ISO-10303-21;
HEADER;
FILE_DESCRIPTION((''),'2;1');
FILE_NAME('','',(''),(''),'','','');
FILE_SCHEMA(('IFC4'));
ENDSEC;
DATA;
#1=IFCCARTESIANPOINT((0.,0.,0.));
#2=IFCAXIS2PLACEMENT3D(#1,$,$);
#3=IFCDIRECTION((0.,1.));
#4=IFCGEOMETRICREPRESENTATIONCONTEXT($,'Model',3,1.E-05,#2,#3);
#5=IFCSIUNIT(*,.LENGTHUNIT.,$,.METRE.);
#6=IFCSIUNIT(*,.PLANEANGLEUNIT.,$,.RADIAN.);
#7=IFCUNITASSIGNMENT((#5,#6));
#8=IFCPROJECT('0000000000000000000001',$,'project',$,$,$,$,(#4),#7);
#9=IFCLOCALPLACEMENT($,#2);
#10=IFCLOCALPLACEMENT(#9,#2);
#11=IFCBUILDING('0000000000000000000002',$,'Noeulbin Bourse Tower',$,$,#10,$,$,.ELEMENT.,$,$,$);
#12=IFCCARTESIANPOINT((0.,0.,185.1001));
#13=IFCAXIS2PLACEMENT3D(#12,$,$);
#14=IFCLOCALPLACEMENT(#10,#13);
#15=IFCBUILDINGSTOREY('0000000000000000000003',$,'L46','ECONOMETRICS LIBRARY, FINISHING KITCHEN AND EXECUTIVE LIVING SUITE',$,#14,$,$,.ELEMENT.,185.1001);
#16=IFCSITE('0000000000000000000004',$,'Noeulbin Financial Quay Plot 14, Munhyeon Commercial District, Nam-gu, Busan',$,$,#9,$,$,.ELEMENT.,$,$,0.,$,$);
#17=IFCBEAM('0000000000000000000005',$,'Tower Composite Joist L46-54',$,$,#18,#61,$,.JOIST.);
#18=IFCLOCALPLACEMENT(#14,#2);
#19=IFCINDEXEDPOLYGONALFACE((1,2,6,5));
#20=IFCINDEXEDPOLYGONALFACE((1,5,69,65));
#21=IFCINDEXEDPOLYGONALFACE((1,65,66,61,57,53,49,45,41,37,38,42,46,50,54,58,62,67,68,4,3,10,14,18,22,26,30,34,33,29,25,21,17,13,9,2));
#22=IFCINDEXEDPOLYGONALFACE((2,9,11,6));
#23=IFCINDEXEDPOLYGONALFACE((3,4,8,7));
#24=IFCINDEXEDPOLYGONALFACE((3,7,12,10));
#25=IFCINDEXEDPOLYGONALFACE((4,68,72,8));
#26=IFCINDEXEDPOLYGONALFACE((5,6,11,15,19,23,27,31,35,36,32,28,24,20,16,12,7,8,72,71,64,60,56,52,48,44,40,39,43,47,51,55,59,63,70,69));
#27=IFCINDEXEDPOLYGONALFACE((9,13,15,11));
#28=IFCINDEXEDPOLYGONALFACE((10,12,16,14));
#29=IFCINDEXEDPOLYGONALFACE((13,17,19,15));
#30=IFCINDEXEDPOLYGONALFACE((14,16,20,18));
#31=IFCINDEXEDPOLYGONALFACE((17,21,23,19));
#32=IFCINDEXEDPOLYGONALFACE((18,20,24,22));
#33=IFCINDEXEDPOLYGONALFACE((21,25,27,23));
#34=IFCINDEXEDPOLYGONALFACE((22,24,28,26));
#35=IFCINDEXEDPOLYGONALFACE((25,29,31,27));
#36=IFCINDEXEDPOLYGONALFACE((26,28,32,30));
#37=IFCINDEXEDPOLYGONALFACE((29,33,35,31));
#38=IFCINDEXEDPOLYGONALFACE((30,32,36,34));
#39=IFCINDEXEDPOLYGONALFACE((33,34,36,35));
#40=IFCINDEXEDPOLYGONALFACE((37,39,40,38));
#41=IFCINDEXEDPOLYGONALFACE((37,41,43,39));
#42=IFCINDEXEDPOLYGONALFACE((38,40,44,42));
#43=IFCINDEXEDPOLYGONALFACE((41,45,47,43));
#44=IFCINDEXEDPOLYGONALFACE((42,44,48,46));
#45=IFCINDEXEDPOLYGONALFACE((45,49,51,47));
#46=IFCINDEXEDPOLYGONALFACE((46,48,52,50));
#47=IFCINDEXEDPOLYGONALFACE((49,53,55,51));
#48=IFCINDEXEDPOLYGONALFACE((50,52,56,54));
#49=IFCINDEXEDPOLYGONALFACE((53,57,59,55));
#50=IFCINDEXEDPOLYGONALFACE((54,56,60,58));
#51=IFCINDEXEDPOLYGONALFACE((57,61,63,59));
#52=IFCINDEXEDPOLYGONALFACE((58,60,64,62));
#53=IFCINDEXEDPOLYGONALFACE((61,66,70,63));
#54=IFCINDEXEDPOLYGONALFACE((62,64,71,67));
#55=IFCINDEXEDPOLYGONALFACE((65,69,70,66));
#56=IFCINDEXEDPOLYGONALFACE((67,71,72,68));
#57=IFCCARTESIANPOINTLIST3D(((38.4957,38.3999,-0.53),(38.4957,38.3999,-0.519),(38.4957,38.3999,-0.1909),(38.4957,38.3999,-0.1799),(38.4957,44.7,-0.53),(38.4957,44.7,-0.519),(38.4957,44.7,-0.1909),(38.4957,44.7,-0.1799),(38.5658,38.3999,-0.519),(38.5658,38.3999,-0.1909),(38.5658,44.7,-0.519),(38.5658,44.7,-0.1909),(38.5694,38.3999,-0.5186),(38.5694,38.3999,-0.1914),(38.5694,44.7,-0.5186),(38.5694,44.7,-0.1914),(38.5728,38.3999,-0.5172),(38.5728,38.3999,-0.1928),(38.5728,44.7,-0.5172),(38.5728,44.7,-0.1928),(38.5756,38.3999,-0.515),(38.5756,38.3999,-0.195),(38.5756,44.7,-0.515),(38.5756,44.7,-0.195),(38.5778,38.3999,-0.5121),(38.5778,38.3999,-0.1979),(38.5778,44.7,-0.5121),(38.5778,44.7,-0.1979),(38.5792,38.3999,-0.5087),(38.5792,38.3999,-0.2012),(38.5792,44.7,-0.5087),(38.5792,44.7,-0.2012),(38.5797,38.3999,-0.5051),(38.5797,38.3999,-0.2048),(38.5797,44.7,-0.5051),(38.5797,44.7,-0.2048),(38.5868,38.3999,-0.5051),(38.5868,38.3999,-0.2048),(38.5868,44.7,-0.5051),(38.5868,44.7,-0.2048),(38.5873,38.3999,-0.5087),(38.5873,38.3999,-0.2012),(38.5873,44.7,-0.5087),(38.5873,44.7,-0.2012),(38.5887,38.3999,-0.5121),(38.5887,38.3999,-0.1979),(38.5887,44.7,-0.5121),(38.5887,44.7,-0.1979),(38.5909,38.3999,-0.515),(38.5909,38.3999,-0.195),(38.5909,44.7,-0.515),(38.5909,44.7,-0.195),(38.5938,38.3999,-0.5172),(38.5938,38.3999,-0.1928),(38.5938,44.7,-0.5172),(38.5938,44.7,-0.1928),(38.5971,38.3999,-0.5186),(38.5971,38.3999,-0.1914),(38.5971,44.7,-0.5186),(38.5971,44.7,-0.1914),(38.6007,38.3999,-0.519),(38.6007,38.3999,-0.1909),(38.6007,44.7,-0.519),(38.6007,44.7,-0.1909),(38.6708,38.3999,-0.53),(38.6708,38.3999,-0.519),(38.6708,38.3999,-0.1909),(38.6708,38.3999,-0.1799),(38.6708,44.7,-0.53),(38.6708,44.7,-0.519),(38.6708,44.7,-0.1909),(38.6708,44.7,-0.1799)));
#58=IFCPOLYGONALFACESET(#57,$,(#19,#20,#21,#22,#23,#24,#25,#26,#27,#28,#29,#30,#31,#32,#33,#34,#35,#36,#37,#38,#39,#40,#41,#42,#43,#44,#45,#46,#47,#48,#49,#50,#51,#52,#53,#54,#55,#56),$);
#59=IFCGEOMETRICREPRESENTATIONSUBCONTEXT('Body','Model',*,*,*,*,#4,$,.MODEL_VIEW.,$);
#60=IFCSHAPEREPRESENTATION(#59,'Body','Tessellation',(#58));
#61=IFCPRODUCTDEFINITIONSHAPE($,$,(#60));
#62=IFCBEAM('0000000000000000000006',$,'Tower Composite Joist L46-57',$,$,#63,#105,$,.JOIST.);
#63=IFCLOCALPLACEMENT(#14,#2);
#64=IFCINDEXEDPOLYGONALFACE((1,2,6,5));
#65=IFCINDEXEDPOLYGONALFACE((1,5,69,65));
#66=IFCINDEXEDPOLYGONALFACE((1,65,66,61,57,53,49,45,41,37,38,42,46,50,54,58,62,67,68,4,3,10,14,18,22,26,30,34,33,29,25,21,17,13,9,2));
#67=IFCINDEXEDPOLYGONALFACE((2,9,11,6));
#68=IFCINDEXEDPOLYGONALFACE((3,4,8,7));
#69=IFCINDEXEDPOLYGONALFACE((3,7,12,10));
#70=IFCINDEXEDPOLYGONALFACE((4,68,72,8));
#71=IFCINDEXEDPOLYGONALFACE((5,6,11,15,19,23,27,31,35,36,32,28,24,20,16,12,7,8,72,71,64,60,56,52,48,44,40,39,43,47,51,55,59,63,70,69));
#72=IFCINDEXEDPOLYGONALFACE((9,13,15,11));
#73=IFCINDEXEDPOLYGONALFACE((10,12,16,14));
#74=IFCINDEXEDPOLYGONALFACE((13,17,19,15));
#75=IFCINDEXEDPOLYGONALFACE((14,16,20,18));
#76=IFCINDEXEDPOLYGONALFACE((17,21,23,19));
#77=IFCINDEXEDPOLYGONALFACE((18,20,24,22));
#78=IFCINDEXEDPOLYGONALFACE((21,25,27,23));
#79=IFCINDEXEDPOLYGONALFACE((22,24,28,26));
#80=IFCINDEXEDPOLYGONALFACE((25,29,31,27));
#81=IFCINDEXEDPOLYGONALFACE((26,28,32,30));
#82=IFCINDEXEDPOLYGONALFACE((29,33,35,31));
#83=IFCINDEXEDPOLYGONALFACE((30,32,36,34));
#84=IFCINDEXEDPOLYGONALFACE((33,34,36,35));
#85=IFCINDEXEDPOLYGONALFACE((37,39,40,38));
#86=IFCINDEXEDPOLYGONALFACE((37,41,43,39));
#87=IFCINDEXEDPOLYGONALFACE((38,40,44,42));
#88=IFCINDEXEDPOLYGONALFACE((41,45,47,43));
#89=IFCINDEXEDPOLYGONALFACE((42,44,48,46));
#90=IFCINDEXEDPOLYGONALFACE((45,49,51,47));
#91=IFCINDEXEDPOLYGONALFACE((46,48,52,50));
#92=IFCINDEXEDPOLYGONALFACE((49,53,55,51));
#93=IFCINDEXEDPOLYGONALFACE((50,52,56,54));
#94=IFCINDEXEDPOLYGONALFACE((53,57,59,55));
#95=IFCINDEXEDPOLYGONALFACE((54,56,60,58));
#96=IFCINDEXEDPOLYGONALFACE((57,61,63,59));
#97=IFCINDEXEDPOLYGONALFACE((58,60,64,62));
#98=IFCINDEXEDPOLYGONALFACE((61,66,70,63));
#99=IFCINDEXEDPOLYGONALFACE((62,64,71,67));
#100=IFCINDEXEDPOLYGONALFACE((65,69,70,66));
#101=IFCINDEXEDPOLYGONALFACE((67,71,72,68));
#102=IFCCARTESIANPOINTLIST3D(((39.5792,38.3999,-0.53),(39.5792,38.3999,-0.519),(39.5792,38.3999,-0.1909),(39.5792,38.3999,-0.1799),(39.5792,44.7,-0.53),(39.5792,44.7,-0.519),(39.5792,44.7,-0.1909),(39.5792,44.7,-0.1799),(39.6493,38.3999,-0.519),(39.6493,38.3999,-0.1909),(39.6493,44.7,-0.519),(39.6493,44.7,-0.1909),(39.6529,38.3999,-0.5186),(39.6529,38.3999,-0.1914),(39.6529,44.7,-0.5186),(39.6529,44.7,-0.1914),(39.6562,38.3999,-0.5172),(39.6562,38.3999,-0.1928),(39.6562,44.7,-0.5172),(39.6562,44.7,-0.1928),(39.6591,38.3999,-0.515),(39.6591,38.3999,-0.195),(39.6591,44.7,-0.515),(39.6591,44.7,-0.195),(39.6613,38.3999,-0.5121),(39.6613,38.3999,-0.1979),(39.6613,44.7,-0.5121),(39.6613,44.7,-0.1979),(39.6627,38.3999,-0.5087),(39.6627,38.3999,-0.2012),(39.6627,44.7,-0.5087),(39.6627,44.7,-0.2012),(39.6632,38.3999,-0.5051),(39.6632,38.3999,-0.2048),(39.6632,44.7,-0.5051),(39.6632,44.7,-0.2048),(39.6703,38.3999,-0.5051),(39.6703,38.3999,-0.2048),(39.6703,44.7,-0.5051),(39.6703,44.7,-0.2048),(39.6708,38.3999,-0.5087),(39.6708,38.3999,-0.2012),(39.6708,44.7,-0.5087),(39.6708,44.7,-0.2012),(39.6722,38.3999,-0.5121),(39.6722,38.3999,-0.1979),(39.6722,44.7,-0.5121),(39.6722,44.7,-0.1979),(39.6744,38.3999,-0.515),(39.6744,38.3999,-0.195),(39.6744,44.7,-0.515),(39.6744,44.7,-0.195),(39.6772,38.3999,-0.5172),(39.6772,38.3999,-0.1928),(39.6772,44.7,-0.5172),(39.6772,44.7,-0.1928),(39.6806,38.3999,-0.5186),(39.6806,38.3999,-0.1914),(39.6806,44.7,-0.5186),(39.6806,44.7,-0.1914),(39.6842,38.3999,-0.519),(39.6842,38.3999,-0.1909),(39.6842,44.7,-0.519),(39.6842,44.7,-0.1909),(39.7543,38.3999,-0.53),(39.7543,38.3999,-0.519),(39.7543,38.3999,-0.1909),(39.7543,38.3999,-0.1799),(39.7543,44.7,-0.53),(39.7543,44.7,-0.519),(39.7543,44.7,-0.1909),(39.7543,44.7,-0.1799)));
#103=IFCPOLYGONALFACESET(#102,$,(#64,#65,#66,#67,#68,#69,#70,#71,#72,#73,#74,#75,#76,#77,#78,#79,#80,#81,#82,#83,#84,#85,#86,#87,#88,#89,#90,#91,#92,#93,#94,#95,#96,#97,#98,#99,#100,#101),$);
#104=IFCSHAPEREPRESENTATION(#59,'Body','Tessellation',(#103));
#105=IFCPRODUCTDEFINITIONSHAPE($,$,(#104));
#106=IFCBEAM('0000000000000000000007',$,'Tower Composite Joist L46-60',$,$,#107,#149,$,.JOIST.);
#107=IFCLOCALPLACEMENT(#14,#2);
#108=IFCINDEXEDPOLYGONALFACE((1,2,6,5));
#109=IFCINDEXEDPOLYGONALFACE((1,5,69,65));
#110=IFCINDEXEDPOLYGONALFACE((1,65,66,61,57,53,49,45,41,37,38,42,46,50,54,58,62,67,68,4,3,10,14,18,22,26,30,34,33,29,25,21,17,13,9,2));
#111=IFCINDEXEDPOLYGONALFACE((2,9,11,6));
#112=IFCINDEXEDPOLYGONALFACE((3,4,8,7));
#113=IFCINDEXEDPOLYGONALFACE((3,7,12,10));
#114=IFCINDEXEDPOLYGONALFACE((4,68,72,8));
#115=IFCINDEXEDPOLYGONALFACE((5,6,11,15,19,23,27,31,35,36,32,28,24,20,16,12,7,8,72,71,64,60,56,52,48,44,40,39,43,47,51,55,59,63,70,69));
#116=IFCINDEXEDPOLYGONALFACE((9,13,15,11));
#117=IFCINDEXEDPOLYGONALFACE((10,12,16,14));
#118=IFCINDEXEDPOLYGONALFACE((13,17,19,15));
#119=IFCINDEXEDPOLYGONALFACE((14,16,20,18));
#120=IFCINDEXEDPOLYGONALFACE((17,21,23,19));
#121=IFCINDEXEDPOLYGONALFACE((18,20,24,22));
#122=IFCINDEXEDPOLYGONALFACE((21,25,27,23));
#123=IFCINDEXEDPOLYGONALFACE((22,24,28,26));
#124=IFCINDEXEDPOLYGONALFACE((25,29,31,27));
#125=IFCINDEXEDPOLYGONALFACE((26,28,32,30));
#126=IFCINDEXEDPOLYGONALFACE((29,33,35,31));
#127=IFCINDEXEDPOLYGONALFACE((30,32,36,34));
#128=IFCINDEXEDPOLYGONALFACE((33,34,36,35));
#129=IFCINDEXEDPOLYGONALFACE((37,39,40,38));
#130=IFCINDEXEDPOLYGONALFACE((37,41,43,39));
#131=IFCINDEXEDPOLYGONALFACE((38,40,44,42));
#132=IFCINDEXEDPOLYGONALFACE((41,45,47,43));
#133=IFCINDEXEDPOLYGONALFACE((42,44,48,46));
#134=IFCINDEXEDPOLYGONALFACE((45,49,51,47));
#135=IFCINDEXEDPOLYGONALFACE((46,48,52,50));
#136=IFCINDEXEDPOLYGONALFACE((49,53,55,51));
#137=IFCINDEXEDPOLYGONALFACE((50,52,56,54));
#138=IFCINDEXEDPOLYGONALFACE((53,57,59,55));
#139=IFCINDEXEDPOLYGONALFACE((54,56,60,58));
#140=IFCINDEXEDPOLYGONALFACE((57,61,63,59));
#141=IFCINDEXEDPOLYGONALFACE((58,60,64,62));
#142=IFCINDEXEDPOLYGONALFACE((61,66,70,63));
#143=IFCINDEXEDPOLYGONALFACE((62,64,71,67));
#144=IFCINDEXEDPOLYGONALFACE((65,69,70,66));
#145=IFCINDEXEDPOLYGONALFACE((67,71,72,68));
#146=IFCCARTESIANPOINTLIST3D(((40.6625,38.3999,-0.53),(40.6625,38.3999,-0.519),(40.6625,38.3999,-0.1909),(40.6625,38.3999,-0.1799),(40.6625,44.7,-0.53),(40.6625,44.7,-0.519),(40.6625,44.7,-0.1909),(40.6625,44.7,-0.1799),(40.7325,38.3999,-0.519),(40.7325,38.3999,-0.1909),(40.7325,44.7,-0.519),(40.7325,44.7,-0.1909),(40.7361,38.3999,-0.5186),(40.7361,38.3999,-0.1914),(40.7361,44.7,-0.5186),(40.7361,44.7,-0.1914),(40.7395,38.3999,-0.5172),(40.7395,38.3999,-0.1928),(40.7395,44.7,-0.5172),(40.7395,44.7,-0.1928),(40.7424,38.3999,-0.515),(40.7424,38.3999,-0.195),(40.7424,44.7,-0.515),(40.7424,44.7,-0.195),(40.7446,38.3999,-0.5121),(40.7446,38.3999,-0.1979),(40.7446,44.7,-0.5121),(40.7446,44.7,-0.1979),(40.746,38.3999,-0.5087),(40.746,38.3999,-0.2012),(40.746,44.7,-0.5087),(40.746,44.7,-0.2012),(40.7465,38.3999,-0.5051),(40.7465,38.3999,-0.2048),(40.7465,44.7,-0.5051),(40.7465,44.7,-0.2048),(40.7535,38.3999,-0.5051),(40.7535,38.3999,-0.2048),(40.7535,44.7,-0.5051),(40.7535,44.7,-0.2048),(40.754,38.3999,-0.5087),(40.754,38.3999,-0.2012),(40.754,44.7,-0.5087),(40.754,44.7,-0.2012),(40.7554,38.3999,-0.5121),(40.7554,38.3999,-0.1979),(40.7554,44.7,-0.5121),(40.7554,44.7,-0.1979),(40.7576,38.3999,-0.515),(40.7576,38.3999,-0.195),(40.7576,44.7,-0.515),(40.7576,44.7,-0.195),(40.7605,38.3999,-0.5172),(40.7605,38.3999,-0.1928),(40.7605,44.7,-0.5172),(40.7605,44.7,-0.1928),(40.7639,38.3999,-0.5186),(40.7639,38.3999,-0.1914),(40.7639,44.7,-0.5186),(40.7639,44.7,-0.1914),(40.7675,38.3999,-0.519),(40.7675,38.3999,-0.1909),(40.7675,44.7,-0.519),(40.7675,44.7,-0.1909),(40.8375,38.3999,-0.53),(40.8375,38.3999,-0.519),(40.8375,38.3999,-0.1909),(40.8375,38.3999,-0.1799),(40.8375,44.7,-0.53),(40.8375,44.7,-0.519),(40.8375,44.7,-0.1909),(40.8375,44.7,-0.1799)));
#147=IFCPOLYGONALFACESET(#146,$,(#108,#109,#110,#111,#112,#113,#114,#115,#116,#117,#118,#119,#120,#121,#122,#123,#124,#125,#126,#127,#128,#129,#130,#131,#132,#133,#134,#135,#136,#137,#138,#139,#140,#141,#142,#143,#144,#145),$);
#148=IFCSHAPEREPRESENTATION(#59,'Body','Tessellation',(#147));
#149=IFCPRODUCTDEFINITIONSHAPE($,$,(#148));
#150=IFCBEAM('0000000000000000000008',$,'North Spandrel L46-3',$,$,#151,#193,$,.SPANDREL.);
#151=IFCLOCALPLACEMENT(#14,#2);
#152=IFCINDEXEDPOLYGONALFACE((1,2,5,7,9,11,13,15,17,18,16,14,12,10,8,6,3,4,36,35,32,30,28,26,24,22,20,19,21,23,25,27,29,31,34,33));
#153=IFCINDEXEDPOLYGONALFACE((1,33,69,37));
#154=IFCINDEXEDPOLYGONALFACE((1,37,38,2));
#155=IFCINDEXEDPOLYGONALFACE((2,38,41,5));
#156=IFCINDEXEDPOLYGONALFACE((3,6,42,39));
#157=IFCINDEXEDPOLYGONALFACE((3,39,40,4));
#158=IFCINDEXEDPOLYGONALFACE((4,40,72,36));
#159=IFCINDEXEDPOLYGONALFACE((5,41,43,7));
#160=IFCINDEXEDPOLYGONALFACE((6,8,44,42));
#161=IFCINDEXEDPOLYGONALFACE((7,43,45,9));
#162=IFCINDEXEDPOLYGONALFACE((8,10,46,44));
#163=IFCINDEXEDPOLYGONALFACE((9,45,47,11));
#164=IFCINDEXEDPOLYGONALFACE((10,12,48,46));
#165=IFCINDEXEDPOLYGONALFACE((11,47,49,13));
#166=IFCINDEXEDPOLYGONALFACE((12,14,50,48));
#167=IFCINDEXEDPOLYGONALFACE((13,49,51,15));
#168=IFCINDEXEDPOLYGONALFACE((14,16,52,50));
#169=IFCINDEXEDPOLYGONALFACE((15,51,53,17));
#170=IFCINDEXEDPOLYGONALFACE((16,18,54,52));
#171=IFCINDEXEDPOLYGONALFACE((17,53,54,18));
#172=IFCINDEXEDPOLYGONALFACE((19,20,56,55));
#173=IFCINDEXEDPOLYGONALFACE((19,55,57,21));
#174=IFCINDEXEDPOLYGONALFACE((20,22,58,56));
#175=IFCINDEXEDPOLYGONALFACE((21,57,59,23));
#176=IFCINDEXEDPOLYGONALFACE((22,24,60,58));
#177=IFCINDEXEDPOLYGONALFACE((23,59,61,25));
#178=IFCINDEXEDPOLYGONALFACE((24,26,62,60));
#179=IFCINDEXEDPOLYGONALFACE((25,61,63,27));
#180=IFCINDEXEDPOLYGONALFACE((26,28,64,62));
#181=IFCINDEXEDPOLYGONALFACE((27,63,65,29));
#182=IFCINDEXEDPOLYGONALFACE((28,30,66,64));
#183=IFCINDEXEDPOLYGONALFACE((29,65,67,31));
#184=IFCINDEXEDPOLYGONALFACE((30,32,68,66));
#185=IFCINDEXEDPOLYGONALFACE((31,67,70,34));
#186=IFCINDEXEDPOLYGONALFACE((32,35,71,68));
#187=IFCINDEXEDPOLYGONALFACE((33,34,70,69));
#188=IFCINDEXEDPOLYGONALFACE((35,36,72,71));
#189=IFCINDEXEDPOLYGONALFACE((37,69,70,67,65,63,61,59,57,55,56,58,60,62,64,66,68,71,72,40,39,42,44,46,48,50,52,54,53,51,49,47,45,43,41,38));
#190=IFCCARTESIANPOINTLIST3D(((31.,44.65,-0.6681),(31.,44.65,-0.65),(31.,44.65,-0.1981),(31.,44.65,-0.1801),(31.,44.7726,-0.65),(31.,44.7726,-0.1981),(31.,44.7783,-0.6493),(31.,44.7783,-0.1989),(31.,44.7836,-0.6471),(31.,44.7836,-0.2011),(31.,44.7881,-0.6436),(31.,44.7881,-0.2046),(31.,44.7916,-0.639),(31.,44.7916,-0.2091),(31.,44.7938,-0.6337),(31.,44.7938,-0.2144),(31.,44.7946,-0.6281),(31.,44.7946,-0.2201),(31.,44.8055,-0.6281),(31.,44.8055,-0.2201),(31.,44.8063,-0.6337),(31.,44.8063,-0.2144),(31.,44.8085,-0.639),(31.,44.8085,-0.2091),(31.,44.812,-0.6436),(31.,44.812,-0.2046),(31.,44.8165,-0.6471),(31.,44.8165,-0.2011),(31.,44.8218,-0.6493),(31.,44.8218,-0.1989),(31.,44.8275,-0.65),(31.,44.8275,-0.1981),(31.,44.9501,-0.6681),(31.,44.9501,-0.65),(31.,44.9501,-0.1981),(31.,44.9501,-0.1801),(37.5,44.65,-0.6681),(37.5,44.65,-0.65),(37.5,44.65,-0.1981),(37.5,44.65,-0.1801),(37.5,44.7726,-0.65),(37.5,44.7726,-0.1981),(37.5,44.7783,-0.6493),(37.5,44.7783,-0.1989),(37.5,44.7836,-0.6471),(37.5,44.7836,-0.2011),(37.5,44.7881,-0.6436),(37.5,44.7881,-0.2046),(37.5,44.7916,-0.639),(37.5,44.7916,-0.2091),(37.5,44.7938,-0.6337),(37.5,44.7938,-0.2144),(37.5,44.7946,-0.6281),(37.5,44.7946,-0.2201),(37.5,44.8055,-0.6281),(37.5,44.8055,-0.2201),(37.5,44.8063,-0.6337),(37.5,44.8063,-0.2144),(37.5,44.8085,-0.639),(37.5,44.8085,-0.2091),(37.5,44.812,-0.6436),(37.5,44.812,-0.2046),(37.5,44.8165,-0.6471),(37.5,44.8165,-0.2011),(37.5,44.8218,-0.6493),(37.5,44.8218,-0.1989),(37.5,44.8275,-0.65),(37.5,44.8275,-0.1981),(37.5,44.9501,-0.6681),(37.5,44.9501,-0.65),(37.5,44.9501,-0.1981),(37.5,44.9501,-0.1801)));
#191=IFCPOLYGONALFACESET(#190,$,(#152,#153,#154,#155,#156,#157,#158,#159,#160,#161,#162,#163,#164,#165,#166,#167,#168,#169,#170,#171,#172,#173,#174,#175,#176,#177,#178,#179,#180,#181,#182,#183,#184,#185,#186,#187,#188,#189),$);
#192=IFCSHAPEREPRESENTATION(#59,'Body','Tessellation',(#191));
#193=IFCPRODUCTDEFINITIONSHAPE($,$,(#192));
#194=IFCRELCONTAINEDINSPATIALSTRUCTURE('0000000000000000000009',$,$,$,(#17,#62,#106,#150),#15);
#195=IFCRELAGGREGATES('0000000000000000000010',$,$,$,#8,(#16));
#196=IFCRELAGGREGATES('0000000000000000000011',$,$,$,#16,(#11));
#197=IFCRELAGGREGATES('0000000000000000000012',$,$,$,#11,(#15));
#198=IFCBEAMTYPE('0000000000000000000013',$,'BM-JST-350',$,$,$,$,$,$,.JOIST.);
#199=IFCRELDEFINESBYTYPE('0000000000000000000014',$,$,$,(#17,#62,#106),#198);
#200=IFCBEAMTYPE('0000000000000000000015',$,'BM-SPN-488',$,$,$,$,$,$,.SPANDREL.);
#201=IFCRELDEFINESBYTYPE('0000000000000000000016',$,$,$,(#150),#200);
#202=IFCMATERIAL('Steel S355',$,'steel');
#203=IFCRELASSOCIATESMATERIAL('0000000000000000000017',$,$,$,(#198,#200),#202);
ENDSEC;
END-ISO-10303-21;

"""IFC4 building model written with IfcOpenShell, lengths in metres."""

from ifc_helpers import new_model, si_unit, direction, frame, origin, origin_2d, place, context, subcontext, project, spatial, i_section, extrude, material, material_profile, profile_set, type_object, element, save


model = new_model("IFC4")

# Units and contexts
model_context = context("Model", 3, precision=1e-05, world=origin(), true_north=direction((0.0, 1.0)))
body_context = subcontext(model_context, "Body", "Model", "MODEL_VIEW")
ifc_project = project(units=[si_unit("LENGTHUNIT", "METRE"), si_unit("PLANEANGLEUNIT", "RADIAN")], contexts=[model_context])

# Site, building, storey
site_placement = place(None, origin())
site = spatial("IfcSite", under=ifc_project, at=site_placement, Name="Noeulbin Financial Quay Plot 14, Munhyeon Commercial District, Nam-gu, Busan", CompositionType="ELEMENT", RefElevation=0.0)
building_placement = place(site_placement, origin())
building = spatial("IfcBuilding", under=site, at=building_placement, Name="Noeulbin Bourse Tower", CompositionType="ELEMENT")
storey_placement = place(building_placement, frame((0.0, 0.0, 185.1001)))
storey = spatial("IfcBuildingStorey", under=building, at=storey_placement, Name="L46", Description="ECONOMETRICS LIBRARY, FINISHING KITCHEN AND EXECUTIVE LIVING SUITE", CompositionType="ELEMENT", Elevation=185.1001)

# Shared definitions
ifc_material_1 = material(Name="Steel S355", Category="steel")

# Beams
ifc_material_profile_1 = material_profile(ifc_material_1, i_section(OverallWidth=0.175, OverallDepth=0.3501, WebThickness=0.0071, FlangeThickness=0.011, FilletRadius=0.0139, at=origin_2d()), Name="H-350x175x7x11", Category="LoadBearing")
ifc_profile_set_1 = profile_set([ifc_material_profile_1], Name="Steel S355")
beam_type_1 = type_object("IfcBeamType", Name="BM-JST-350", PredefinedType="JOIST", material=ifc_profile_set_1)
for number, where, z_axis, x_axis, name in (
    (1, (38.5833, 38.3999, -0.355), (0.0, 1.0, 0.0), (-1.0, 0.0, 0.0), "Tower Composite Joist L46-54"),
    (2, (39.6667, 38.3999, -0.355), (0.0, 1.0, 0.0), (-1.0, 0.0, 0.0), "Tower Composite Joist L46-57"),
    (3, (40.75, 38.3999, -0.355), (0.0, 1.0, 0.0), (-1.0, 0.0, 0.0), "Tower Composite Joist L46-60"),
):
    element("IfcBeam", number, at=place(storey_placement, frame(where, z_axis=z_axis, x_axis=x_axis)), inside=storey, type_object=beam_type_1, Name=name, PredefinedType="JOIST", context=body_context, shape_type="SweptSolid", body=[
        extrude(i_section(OverallWidth=0.175, OverallDepth=0.3501, WebThickness=0.0071, FlangeThickness=0.011, FilletRadius=0.0139, at=origin_2d()), origin(), (0.0, 0.0, 1.0), 6.3),
    ])
ifc_material_profile_2 = material_profile(ifc_material_1, i_section(OverallWidth=0.3, OverallDepth=0.488, WebThickness=0.011, FlangeThickness=0.0181, FilletRadius=0.022, at=origin_2d()), Name="H-488x300x11x18", Category="LoadBearing")
ifc_profile_set_2 = profile_set([ifc_material_profile_2], Name="Steel S355")
beam_type_2 = type_object("IfcBeamType", Name="BM-SPN-488", PredefinedType="SPANDREL", material=ifc_profile_set_2)
for number, where, z_axis, x_axis, name in (
    (4, (31.0, 44.8, -0.4241), (1.0, 0.0, 0.0), (0.0, 1.0, 0.0), "North Spandrel L46-3"),
):
    element("IfcBeam", number, at=place(storey_placement, frame(where, z_axis=z_axis, x_axis=x_axis)), inside=storey, type_object=beam_type_2, Name=name, PredefinedType="SPANDREL", context=body_context, shape_type="SweptSolid", body=[
        extrude(i_section(OverallWidth=0.3, OverallDepth=0.488, WebThickness=0.011, FlangeThickness=0.0181, FilletRadius=0.022, at=origin_2d()), origin(), (0.0, 0.0, 1.0), 6.5),
    ])

save(model, "model.ifc")
